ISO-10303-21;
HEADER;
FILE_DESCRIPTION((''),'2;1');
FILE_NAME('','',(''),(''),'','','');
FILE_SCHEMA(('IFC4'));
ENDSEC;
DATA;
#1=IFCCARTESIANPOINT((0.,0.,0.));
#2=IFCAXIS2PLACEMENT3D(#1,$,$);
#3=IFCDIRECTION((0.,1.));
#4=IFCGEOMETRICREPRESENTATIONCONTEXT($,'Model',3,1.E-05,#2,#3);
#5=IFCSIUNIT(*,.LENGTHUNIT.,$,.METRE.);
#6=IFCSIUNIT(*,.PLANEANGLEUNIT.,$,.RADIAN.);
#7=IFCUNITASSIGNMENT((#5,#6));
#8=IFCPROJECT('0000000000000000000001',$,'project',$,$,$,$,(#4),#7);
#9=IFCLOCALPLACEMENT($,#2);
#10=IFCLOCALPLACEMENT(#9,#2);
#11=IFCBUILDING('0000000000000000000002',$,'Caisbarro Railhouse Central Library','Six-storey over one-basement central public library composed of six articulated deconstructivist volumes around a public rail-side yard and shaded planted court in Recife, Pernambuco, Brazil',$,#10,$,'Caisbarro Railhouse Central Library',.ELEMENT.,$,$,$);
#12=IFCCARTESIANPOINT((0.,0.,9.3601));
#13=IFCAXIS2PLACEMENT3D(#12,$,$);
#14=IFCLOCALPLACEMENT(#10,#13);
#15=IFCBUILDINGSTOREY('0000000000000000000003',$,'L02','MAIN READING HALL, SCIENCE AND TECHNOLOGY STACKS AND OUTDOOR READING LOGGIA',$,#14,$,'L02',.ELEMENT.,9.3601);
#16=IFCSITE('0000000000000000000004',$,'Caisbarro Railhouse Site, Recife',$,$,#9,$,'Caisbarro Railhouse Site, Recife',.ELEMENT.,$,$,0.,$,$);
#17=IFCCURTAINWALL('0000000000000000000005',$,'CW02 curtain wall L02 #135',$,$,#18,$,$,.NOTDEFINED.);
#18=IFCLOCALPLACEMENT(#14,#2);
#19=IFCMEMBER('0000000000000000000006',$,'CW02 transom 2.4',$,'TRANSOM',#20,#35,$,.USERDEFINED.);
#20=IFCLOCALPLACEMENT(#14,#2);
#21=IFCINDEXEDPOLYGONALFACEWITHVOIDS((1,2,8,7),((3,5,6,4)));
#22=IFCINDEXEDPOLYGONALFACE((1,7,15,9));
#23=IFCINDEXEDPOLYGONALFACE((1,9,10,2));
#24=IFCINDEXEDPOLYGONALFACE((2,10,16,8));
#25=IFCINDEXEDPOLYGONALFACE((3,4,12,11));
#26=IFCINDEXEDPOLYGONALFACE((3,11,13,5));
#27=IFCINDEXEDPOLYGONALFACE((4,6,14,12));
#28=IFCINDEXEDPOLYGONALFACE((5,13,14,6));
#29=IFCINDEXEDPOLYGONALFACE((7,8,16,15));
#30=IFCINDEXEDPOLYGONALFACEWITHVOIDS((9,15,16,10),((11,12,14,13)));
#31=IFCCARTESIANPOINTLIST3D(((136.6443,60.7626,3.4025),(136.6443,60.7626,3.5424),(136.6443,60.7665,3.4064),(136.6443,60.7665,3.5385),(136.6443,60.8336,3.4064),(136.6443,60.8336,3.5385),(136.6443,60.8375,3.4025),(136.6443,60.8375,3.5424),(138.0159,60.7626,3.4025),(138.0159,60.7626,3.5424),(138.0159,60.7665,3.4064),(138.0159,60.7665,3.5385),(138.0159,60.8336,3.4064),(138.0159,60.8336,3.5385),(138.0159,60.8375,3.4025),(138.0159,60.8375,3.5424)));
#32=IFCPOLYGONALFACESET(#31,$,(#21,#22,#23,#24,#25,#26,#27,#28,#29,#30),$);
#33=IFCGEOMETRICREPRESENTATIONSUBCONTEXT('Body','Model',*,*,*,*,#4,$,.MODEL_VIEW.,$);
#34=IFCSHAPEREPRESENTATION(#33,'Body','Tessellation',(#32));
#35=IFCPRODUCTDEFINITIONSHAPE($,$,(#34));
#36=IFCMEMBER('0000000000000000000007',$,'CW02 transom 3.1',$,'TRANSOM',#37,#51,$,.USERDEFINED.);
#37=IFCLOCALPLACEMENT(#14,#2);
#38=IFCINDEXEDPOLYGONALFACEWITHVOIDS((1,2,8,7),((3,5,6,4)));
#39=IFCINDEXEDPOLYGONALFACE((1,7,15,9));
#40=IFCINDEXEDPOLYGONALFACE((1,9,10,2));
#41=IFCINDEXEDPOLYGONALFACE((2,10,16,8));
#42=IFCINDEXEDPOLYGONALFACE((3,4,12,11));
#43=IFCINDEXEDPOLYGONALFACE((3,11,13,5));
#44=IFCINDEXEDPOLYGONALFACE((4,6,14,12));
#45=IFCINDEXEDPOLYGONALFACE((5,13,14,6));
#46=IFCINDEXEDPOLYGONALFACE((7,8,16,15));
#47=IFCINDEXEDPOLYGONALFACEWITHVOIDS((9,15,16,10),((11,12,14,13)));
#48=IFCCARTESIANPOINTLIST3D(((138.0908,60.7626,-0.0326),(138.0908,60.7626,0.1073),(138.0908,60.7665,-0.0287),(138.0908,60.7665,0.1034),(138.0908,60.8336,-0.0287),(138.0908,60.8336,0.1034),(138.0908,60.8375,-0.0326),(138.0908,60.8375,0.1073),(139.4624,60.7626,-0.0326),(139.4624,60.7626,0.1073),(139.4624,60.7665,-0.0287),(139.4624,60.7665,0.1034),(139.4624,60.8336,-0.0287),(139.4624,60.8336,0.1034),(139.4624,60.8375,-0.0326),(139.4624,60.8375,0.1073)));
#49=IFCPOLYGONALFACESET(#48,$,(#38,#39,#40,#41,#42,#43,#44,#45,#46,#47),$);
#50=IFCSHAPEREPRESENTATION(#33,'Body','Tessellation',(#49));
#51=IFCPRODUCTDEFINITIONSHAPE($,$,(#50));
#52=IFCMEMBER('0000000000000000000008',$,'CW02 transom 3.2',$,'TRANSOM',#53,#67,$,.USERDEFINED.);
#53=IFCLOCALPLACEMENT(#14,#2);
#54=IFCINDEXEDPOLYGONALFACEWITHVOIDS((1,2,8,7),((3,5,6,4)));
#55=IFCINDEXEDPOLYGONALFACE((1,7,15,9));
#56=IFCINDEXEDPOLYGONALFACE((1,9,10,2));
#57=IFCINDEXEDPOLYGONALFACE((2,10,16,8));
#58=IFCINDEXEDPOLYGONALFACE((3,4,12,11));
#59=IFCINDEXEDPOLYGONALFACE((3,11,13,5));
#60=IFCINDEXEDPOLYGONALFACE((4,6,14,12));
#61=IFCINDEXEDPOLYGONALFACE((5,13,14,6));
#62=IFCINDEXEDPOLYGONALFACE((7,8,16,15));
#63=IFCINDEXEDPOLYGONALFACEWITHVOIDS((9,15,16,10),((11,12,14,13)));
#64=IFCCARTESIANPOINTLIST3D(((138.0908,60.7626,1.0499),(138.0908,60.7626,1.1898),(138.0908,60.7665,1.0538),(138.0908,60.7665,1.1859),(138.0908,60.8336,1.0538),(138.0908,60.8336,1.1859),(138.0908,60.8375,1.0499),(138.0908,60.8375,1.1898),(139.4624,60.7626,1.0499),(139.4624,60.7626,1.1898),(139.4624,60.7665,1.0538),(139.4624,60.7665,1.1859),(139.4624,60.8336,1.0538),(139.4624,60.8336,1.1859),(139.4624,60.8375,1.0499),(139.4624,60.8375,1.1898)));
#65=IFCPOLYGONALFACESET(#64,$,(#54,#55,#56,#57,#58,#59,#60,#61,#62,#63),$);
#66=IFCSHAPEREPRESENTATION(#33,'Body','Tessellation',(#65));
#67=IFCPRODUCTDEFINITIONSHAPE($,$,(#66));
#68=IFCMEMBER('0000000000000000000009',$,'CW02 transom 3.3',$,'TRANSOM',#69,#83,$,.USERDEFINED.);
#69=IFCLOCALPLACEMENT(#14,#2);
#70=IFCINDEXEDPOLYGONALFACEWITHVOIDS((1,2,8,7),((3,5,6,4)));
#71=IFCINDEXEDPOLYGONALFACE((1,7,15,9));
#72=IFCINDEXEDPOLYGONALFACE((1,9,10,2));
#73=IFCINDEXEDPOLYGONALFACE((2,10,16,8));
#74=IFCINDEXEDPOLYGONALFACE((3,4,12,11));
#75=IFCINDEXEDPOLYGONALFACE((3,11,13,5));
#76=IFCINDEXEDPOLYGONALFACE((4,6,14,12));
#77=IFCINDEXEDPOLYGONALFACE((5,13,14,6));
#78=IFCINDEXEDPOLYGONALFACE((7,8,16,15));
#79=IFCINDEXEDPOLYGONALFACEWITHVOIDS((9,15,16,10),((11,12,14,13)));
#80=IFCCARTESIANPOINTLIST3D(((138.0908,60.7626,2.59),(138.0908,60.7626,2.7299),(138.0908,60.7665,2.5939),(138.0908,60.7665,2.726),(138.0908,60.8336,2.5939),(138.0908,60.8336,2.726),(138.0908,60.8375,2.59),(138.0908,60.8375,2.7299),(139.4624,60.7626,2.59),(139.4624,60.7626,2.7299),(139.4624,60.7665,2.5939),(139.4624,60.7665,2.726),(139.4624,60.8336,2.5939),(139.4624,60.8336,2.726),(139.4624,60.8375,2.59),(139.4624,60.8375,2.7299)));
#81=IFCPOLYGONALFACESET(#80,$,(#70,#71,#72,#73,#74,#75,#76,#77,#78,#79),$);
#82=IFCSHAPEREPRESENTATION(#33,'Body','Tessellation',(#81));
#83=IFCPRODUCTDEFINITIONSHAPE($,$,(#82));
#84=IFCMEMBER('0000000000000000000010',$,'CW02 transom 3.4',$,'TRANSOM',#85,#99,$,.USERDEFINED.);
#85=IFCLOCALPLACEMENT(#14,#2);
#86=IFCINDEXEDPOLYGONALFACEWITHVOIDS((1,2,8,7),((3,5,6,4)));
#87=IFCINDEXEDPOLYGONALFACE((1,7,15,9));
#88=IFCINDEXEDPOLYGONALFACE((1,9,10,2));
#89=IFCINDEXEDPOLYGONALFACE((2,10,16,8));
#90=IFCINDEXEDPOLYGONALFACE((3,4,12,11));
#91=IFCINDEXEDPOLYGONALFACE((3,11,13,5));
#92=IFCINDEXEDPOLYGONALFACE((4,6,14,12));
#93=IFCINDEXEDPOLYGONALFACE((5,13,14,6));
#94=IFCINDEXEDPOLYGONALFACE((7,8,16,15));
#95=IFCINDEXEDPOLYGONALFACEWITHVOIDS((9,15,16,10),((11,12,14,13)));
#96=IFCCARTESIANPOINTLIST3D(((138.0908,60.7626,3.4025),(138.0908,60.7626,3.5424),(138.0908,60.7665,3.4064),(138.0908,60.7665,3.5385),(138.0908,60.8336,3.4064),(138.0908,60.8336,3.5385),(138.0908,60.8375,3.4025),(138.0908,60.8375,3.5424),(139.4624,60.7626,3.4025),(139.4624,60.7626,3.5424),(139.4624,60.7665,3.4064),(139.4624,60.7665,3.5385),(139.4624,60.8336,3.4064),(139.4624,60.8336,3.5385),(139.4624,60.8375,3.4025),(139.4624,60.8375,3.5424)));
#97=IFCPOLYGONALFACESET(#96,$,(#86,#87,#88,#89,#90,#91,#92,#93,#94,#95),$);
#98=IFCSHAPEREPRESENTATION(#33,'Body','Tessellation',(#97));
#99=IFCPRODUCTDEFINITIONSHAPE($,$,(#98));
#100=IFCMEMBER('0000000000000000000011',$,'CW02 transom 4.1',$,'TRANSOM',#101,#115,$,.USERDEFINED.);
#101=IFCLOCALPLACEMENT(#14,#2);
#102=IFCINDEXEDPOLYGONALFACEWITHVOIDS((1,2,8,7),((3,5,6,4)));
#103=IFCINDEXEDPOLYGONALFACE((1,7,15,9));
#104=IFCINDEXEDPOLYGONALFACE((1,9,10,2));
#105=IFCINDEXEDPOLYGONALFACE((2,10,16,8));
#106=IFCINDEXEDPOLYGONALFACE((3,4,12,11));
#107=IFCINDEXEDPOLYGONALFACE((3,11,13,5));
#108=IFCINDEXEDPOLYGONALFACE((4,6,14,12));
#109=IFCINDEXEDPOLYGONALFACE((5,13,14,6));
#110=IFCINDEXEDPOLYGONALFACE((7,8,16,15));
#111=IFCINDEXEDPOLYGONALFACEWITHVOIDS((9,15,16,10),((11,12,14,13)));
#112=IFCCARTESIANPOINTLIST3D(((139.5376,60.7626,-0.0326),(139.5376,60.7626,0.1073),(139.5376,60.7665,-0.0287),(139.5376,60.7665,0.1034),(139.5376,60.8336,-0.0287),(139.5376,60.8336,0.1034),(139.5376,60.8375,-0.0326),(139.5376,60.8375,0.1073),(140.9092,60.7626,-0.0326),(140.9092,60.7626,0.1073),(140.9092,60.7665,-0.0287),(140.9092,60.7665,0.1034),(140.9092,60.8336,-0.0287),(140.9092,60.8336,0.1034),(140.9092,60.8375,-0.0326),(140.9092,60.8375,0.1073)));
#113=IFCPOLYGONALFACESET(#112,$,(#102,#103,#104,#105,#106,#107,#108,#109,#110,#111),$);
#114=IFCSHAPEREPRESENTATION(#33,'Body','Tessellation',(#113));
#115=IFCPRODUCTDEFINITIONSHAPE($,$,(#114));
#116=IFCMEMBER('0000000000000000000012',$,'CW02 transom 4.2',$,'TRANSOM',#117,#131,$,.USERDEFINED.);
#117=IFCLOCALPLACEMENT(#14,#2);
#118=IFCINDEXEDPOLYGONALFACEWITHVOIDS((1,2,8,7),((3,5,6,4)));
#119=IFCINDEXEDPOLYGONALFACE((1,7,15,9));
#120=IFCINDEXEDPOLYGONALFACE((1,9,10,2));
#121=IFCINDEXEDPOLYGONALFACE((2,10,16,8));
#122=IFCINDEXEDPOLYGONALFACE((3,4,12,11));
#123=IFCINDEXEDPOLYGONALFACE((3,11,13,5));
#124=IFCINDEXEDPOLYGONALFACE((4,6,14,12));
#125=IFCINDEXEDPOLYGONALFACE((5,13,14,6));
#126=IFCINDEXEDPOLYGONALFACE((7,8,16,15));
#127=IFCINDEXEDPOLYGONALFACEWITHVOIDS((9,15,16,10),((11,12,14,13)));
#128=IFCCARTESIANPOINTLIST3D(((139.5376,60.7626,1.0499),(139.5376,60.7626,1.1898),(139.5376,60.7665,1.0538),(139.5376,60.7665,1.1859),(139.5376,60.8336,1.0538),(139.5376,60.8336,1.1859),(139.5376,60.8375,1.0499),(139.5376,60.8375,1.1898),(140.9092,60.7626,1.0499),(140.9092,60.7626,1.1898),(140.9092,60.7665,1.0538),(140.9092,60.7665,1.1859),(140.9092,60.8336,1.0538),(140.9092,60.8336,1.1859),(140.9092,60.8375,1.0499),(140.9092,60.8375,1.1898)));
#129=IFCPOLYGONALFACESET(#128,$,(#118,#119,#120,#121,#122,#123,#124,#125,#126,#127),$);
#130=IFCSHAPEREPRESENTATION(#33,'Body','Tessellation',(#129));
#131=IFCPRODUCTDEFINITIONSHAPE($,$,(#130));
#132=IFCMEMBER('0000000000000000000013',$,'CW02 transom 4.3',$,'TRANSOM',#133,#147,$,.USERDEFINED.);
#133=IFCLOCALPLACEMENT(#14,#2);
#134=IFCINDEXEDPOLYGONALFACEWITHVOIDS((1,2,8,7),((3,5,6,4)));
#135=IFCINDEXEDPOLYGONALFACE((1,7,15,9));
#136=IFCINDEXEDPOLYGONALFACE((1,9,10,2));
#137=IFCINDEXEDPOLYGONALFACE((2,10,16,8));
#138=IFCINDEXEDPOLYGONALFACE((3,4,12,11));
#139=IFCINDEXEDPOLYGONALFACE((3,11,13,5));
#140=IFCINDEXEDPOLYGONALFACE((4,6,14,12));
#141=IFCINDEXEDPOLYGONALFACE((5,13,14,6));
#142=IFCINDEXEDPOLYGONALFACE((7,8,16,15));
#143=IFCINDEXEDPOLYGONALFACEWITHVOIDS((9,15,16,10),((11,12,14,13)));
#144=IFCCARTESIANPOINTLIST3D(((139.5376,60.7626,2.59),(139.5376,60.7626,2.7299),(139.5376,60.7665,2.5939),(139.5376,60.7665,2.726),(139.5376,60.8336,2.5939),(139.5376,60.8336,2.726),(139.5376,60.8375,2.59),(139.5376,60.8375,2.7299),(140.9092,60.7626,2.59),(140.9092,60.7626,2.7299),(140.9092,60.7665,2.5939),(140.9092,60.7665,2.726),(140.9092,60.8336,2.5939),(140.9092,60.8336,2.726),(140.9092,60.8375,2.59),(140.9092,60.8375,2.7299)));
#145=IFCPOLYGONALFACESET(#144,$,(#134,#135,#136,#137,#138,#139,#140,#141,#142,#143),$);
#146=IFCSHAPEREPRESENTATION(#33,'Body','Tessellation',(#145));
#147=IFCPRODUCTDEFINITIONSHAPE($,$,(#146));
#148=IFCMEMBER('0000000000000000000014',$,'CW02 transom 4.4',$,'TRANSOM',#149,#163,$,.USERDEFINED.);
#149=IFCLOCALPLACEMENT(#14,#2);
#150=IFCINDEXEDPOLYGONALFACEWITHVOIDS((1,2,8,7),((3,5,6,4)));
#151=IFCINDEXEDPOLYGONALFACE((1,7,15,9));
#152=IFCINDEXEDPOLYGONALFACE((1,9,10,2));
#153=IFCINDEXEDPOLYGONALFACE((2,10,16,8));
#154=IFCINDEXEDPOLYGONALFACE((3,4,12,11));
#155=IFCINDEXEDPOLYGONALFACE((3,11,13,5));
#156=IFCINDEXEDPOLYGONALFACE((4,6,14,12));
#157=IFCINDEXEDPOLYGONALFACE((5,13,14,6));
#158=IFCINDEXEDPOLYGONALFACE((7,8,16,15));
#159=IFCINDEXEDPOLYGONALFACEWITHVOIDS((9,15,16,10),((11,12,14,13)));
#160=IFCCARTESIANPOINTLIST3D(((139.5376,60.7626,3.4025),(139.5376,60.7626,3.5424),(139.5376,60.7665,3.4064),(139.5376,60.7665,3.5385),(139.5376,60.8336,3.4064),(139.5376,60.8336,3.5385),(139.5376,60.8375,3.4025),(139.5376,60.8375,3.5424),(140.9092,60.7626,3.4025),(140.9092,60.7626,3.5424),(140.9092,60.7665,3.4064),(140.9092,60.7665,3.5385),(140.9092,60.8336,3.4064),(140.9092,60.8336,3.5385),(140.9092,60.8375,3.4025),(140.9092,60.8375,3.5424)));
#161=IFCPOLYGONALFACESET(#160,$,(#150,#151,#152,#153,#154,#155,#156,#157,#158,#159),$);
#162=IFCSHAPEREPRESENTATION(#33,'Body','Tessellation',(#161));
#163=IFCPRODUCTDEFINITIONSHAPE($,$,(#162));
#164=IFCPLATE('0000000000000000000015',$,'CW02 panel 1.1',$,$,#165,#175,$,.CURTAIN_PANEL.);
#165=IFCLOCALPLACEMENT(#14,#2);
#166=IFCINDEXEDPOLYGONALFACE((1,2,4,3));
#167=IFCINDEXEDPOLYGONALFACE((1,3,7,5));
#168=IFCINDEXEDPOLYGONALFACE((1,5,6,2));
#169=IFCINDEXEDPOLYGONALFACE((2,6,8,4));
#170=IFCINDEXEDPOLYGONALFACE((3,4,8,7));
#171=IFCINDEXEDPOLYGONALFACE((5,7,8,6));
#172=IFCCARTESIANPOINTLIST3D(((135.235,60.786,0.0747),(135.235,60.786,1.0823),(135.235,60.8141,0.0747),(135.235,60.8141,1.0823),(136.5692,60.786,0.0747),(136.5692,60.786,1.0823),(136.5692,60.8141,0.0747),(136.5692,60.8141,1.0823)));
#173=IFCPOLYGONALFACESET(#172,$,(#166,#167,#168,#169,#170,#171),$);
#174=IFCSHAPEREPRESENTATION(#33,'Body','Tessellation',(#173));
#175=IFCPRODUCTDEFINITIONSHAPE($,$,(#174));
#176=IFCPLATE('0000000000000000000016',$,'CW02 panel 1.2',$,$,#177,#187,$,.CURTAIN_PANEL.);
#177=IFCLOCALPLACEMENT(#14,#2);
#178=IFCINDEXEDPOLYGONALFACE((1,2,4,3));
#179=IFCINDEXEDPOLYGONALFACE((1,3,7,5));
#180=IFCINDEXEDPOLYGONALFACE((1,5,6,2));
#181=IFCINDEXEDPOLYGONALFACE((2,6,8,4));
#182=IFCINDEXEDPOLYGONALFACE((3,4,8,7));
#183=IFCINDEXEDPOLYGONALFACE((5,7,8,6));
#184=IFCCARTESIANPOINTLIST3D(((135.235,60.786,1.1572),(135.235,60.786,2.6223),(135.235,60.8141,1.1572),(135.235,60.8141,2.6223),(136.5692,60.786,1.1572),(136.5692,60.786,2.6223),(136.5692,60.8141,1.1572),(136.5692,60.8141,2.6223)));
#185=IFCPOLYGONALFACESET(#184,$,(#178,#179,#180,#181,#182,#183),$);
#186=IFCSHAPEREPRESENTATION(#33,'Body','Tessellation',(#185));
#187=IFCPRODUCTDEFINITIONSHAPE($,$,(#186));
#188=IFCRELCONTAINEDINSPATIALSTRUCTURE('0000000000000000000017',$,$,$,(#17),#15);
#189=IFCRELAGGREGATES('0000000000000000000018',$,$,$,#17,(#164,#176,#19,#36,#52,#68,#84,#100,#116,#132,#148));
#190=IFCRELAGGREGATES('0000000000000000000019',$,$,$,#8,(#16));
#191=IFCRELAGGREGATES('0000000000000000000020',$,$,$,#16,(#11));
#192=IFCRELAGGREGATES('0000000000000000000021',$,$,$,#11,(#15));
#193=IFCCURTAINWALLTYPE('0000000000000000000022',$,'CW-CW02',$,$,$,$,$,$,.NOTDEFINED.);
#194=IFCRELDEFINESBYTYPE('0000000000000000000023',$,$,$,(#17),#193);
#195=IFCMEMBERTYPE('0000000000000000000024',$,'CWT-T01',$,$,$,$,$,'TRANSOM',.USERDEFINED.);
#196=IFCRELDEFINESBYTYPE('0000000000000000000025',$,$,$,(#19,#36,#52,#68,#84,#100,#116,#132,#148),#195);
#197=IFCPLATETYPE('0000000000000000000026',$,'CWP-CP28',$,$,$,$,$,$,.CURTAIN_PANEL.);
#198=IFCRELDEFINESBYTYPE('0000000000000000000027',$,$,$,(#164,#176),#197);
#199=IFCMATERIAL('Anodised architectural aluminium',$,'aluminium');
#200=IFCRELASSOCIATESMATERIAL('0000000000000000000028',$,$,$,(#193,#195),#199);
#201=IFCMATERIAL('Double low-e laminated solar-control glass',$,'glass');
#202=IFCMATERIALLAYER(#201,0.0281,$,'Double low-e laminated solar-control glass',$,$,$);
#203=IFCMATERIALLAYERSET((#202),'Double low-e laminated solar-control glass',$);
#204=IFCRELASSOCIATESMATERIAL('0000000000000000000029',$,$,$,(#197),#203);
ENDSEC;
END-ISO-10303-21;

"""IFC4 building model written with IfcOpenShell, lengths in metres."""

from ifc_helpers import new_model, si_unit, direction, frame, origin, origin_2d, place, context, subcontext, project, spatial, rectangle, hollow_rectangle, extrude, material, layer, layer_set, material_profile, profile_set, type_object, element, aggregate, save


model = new_model("IFC4")

# Units and contexts
model_context = context("Model", 3, precision=1e-05, world=origin(), true_north=direction((0.0, 1.0)))
body_context = subcontext(model_context, "Body", "Model", "MODEL_VIEW")
ifc_project = project(units=[si_unit("LENGTHUNIT", "METRE"), si_unit("PLANEANGLEUNIT", "RADIAN")], contexts=[model_context])

# Site, building, storey
site_placement = place(None, origin())
site = spatial("IfcSite", under=ifc_project, at=site_placement, Name="Caisbarro Railhouse Site, Recife", LongName="Caisbarro Railhouse Site, Recife", CompositionType="ELEMENT", RefElevation=0.0)
building_placement = place(site_placement, origin())
building = spatial("IfcBuilding", under=site, at=building_placement, Name="Caisbarro Railhouse Central Library", Description="Six-storey over one-basement central public library composed of six articulated deconstructivist volumes around a public rail-side yard and shaded planted court in Recife, Pernambuco, Brazil", LongName="Caisbarro Railhouse Central Library", CompositionType="ELEMENT")
storey_placement = place(building_placement, frame((0.0, 0.0, 9.3601)))
storey = spatial("IfcBuildingStorey", under=building, at=storey_placement, Name="L02", Description="MAIN READING HALL, SCIENCE AND TECHNOLOGY STACKS AND OUTDOOR READING LOGGIA", LongName="L02", CompositionType="ELEMENT", Elevation=9.3601)

# Curtain wall, members, plates
ifc_material_1 = material(Name="Anodised architectural aluminium", Category="aluminium")
curtain_wall_type = type_object("IfcCurtainWallType", Name="CW-CW02", PredefinedType="NOTDEFINED", material=ifc_material_1)
curtain_wall_placement = place(storey_placement, origin())
curtain_wall = element("IfcCurtainWall", 1, at=curtain_wall_placement, inside=storey, type_object=curtain_wall_type, Name="CW02 curtain wall L02 #135", PredefinedType="NOTDEFINED")
ifc_material_profile_1 = material_profile(ifc_material_1, hollow_rectangle(XDim=0.075, YDim=0.1399, WallThickness=0.0039, at=origin_2d()), Name="ALU-TRN-75X140")
ifc_profile_set_1 = profile_set([ifc_material_profile_1], Name="Anodised architectural aluminium")
member_type_1 = type_object("IfcMemberType", Name="CWT-T01", ElementType="TRANSOM", PredefinedType="USERDEFINED", material=ifc_profile_set_1)
member_1_placement = place(storey_placement, frame((136.6443, 60.8, 3.4724), z_axis=(1.0, 0.0, 0.0), x_axis=(0.0, 1.0, 0.0)))
member_1 = element("IfcMember", 2, at=member_1_placement, type_object=member_type_1, Name="CW02 transom 2.4", ObjectType="TRANSOM", PredefinedType="USERDEFINED", context=body_context, shape_type="SweptSolid", body=[
    extrude(hollow_rectangle(XDim=0.075, YDim=0.1399, WallThickness=0.0039, at=origin_2d()), origin(), (0.0, 0.0, 1.0), 1.3716),
])
member_2_placement = place(storey_placement, frame((138.0908, 60.8, 0.0374), z_axis=(1.0, 0.0, 0.0), x_axis=(0.0, 1.0, 0.0)))
member_2 = element("IfcMember", 3, at=member_2_placement, type_object=member_type_1, Name="CW02 transom 3.1", ObjectType="TRANSOM", PredefinedType="USERDEFINED", context=body_context, shape_type="SweptSolid", body=[
    extrude(hollow_rectangle(XDim=0.075, YDim=0.1399, WallThickness=0.0039, at=origin_2d()), origin(), (0.0, 0.0, 1.0), 1.3716),
])
member_3_placement = place(storey_placement, frame((138.0908, 60.8, 1.1199), z_axis=(1.0, 0.0, 0.0), x_axis=(0.0, 1.0, 0.0)))
member_3 = element("IfcMember", 4, at=member_3_placement, type_object=member_type_1, Name="CW02 transom 3.2", ObjectType="TRANSOM", PredefinedType="USERDEFINED", context=body_context, shape_type="SweptSolid", body=[
    extrude(hollow_rectangle(XDim=0.075, YDim=0.1399, WallThickness=0.0039, at=origin_2d()), origin(), (0.0, 0.0, 1.0), 1.3716),
])
member_4_placement = place(storey_placement, frame((138.0908, 60.8, 2.6599), z_axis=(1.0, 0.0, 0.0), x_axis=(0.0, 1.0, 0.0)))
member_4 = element("IfcMember", 5, at=member_4_placement, type_object=member_type_1, Name="CW02 transom 3.3", ObjectType="TRANSOM", PredefinedType="USERDEFINED", context=body_context, shape_type="SweptSolid", body=[
    extrude(hollow_rectangle(XDim=0.075, YDim=0.1399, WallThickness=0.0039, at=origin_2d()), origin(), (0.0, 0.0, 1.0), 1.3716),
])
member_5_placement = place(storey_placement, frame((138.0908, 60.8, 3.4724), z_axis=(1.0, 0.0, 0.0), x_axis=(0.0, 1.0, 0.0)))
member_5 = element("IfcMember", 6, at=member_5_placement, type_object=member_type_1, Name="CW02 transom 3.4", ObjectType="TRANSOM", PredefinedType="USERDEFINED", context=body_context, shape_type="SweptSolid", body=[
    extrude(hollow_rectangle(XDim=0.075, YDim=0.1399, WallThickness=0.0039, at=origin_2d()), origin(), (0.0, 0.0, 1.0), 1.3716),
])
member_6_placement = place(storey_placement, frame((139.5376, 60.8, 0.0374), z_axis=(1.0, 0.0, 0.0), x_axis=(0.0, 1.0, 0.0)))
member_6 = element("IfcMember", 7, at=member_6_placement, type_object=member_type_1, Name="CW02 transom 4.1", ObjectType="TRANSOM", PredefinedType="USERDEFINED", context=body_context, shape_type="SweptSolid", body=[
    extrude(hollow_rectangle(XDim=0.075, YDim=0.1399, WallThickness=0.0039, at=origin_2d()), origin(), (0.0, 0.0, 1.0), 1.3716),
])
member_7_placement = place(storey_placement, frame((139.5376, 60.8, 1.1199), z_axis=(1.0, 0.0, 0.0), x_axis=(0.0, 1.0, 0.0)))
member_7 = element("IfcMember", 8, at=member_7_placement, type_object=member_type_1, Name="CW02 transom 4.2", ObjectType="TRANSOM", PredefinedType="USERDEFINED", context=body_context, shape_type="SweptSolid", body=[
    extrude(hollow_rectangle(XDim=0.075, YDim=0.1399, WallThickness=0.0039, at=origin_2d()), origin(), (0.0, 0.0, 1.0), 1.3716),
])
member_8_placement = place(storey_placement, frame((139.5376, 60.8, 2.6599), z_axis=(1.0, 0.0, 0.0), x_axis=(0.0, 1.0, 0.0)))
member_8 = element("IfcMember", 9, at=member_8_placement, type_object=member_type_1, Name="CW02 transom 4.3", ObjectType="TRANSOM", PredefinedType="USERDEFINED", context=body_context, shape_type="SweptSolid", body=[
    extrude(hollow_rectangle(XDim=0.075, YDim=0.1399, WallThickness=0.0039, at=origin_2d()), origin(), (0.0, 0.0, 1.0), 1.3716),
])
member_9_placement = place(storey_placement, frame((139.5376, 60.8, 3.4724), z_axis=(1.0, 0.0, 0.0), x_axis=(0.0, 1.0, 0.0)))
member_9 = element("IfcMember", 10, at=member_9_placement, type_object=member_type_1, Name="CW02 transom 4.4", ObjectType="TRANSOM", PredefinedType="USERDEFINED", context=body_context, shape_type="SweptSolid", body=[
    extrude(hollow_rectangle(XDim=0.075, YDim=0.1399, WallThickness=0.0039, at=origin_2d()), origin(), (0.0, 0.0, 1.0), 1.3716),
])
ifc_material_2 = material(Name="Double low-e laminated solar-control glass", Category="glass")
ifc_layer_1 = layer(ifc_material_2, 0.0281, Name="Double low-e laminated solar-control glass")
ifc_layer_set_1 = layer_set([ifc_layer_1], Name="Double low-e laminated solar-control glass")
plate_type = type_object("IfcPlateType", Name="CWP-CP28", PredefinedType="CURTAIN_PANEL", material=ifc_layer_set_1)
plate_1_placement = place(storey_placement, frame((135.9021, 60.8, 0.0747), z_axis=(0.0, 0.0, 1.0), x_axis=(1.0, 0.0, 0.0)))
plate_1 = element("IfcPlate", 11, at=plate_1_placement, type_object=plate_type, Name="CW02 panel 1.1", PredefinedType="CURTAIN_PANEL", context=body_context, shape_type="SweptSolid", body=[
    extrude(rectangle(XDim=1.3342, YDim=0.0281, at=origin_2d()), origin(), (0.0, 0.0, 1.0), 1.0076),
])
plate_2_placement = place(storey_placement, frame((135.9021, 60.8, 1.1572), z_axis=(0.0, 0.0, 1.0), x_axis=(1.0, 0.0, 0.0)))
plate_2 = element("IfcPlate", 12, at=plate_2_placement, type_object=plate_type, Name="CW02 panel 1.2", PredefinedType="CURTAIN_PANEL", context=body_context, shape_type="SweptSolid", body=[
    extrude(rectangle(XDim=1.3342, YDim=0.0281, at=origin_2d()), origin(), (0.0, 0.0, 1.0), 1.4651),
])
aggregate(curtain_wall, [plate_1, plate_2, member_1, member_2, member_3, member_4, member_5, member_6, member_7, member_8, member_9])

save(model, "model.ifc")
